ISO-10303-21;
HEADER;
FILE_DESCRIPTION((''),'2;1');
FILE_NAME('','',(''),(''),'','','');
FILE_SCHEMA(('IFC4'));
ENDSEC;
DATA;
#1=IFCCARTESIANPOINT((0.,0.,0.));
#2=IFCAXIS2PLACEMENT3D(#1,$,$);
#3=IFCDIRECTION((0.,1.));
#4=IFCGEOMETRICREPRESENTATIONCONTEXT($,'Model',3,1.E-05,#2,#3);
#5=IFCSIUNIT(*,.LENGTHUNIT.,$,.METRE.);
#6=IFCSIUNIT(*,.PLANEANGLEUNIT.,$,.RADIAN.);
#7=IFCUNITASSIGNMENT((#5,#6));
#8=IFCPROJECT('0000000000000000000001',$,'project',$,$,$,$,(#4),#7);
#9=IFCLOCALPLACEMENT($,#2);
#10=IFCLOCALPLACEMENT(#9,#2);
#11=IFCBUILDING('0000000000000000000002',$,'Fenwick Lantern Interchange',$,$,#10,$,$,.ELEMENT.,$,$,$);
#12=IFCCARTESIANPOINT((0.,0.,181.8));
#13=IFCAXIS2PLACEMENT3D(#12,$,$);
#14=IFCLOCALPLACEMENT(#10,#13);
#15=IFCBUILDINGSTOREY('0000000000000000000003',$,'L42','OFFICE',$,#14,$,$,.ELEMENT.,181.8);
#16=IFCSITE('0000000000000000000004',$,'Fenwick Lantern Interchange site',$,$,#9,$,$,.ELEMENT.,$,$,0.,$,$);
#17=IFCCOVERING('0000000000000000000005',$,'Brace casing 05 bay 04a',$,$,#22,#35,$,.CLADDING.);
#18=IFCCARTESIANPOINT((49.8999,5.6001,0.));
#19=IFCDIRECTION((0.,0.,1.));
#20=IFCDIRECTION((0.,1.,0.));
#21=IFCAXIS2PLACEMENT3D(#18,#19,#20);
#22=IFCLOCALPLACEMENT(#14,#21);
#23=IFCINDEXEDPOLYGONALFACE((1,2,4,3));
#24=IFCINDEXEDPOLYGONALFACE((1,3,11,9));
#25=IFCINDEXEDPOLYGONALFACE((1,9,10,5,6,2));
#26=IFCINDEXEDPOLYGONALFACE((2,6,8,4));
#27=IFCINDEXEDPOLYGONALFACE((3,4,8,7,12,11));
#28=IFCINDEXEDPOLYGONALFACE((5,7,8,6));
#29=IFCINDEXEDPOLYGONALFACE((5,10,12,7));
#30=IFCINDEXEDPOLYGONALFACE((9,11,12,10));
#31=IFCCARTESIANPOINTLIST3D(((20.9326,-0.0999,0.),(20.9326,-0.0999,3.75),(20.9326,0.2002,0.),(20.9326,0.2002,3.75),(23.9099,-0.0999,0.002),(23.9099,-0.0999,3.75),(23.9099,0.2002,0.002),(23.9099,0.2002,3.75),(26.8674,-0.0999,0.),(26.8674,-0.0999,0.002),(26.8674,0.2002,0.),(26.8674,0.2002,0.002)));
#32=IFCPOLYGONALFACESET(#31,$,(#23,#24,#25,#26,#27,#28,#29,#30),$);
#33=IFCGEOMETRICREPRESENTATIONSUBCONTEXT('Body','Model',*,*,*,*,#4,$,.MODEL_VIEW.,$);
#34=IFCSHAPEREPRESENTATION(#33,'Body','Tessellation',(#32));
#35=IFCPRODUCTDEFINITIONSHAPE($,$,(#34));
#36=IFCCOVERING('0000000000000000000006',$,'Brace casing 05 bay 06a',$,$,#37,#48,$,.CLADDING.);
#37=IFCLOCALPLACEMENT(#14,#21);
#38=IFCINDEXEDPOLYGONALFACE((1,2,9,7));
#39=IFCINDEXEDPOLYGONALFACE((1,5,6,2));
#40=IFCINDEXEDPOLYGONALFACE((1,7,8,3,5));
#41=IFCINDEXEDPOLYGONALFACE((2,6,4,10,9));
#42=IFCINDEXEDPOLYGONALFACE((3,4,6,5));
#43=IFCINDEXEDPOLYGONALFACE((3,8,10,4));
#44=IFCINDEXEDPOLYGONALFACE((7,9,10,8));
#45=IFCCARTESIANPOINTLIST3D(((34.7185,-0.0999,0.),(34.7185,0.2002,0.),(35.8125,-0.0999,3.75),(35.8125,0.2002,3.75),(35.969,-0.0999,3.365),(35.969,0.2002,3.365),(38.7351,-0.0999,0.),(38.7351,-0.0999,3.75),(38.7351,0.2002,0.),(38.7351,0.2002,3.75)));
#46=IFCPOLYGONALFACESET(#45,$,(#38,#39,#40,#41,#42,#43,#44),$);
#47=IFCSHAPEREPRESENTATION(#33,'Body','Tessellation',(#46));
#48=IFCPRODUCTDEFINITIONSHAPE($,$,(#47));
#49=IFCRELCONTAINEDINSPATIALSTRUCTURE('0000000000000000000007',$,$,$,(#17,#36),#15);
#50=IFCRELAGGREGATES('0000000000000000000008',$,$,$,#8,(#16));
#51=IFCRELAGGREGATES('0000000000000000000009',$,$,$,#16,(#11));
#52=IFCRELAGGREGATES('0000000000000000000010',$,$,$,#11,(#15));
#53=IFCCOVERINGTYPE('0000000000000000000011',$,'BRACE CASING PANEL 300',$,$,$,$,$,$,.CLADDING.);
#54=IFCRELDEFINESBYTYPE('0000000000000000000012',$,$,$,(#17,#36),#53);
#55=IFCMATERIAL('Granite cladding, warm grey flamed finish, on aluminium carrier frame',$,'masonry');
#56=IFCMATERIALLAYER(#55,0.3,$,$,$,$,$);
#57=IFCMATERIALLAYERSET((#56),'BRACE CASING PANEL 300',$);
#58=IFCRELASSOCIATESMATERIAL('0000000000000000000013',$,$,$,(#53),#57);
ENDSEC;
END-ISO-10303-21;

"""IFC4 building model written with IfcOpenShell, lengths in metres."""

from ifc_helpers import new_model, si_unit, direction, frame, origin, place, context, subcontext, project, spatial, polyline, outline, extrude, material, layer, layer_set, type_object, element, save


model = new_model("IFC4")

# Units and contexts
model_context = context("Model", 3, precision=1e-05, world=origin(), true_north=direction((0.0, 1.0)))
body_context = subcontext(model_context, "Body", "Model", "MODEL_VIEW")
ifc_project = project(units=[si_unit("LENGTHUNIT", "METRE"), si_unit("PLANEANGLEUNIT", "RADIAN")], contexts=[model_context])

# Site, building, storey
site_placement = place(None, origin())
site = spatial("IfcSite", under=ifc_project, at=site_placement, Name="Fenwick Lantern Interchange site", CompositionType="ELEMENT", RefElevation=0.0)
building_placement = place(site_placement, origin())
building = spatial("IfcBuilding", under=site, at=building_placement, Name="Fenwick Lantern Interchange", CompositionType="ELEMENT")
storey_placement = place(building_placement, frame((0.0, 0.0, 181.8)))
storey = spatial("IfcBuildingStorey", under=building, at=storey_placement, Name="L42", Description="OFFICE", CompositionType="ELEMENT", Elevation=181.8)

# Coverings
ifc_material_1 = material(Name="Granite cladding, warm grey flamed finish, on aluminium carrier frame", Category="masonry")
ifc_layer_1 = layer(ifc_material_1, 0.3)
ifc_layer_set_1 = layer_set([ifc_layer_1], Name="BRACE CASING PANEL 300")
covering_type = type_object("IfcCoveringType", Name="BRACE CASING PANEL 300", PredefinedType="CLADDING", material=ifc_layer_set_1)
covering_1_placement = place(storey_placement, frame((49.8999, 5.6001, 0.0), z_axis=(0.0, 0.0, 1.0), x_axis=(0.0, 1.0, 0.0)))
element("IfcCovering", 1, at=covering_1_placement, inside=storey, type_object=covering_type, Name="Brace casing 05 bay 04a", PredefinedType="CLADDING", context=body_context, shape_type="SweptSolid", body=[
    extrude(outline(polyline([(20.9326, 0.0), (26.8674, 0.0), (26.8674, 0.002), (23.9099, 0.002), (23.9099, 3.75), (20.9326, 3.75), (20.9326, 0.0)])), frame((0.0, 0.2002, 0.0), z_axis=(0.0, -1.0, 0.0), x_axis=(1.0, 0.0, 0.0)), (0.0, 0.0, 1.0), 0.3),
])
covering_2_placement = place(storey_placement, frame((49.8999, 5.6001, 0.0), z_axis=(0.0, 0.0, 1.0), x_axis=(0.0, 1.0, 0.0)))
element("IfcCovering", 2, at=covering_2_placement, inside=storey, type_object=covering_type, Name="Brace casing 05 bay 06a", PredefinedType="CLADDING", context=body_context, shape_type="SweptSolid", body=[
    extrude(outline(polyline([(34.7185, 0.0), (38.7351, 0.0), (38.7351, 3.75), (35.8125, 3.75), (35.969, 3.365), (34.7185, 0.0)])), frame((0.0, 0.2002, 0.0), z_axis=(0.0, -1.0, 0.0), x_axis=(1.0, 0.0, 0.0)), (0.0, 0.0, 1.0), 0.3),
])

save(model, "model.ifc")
